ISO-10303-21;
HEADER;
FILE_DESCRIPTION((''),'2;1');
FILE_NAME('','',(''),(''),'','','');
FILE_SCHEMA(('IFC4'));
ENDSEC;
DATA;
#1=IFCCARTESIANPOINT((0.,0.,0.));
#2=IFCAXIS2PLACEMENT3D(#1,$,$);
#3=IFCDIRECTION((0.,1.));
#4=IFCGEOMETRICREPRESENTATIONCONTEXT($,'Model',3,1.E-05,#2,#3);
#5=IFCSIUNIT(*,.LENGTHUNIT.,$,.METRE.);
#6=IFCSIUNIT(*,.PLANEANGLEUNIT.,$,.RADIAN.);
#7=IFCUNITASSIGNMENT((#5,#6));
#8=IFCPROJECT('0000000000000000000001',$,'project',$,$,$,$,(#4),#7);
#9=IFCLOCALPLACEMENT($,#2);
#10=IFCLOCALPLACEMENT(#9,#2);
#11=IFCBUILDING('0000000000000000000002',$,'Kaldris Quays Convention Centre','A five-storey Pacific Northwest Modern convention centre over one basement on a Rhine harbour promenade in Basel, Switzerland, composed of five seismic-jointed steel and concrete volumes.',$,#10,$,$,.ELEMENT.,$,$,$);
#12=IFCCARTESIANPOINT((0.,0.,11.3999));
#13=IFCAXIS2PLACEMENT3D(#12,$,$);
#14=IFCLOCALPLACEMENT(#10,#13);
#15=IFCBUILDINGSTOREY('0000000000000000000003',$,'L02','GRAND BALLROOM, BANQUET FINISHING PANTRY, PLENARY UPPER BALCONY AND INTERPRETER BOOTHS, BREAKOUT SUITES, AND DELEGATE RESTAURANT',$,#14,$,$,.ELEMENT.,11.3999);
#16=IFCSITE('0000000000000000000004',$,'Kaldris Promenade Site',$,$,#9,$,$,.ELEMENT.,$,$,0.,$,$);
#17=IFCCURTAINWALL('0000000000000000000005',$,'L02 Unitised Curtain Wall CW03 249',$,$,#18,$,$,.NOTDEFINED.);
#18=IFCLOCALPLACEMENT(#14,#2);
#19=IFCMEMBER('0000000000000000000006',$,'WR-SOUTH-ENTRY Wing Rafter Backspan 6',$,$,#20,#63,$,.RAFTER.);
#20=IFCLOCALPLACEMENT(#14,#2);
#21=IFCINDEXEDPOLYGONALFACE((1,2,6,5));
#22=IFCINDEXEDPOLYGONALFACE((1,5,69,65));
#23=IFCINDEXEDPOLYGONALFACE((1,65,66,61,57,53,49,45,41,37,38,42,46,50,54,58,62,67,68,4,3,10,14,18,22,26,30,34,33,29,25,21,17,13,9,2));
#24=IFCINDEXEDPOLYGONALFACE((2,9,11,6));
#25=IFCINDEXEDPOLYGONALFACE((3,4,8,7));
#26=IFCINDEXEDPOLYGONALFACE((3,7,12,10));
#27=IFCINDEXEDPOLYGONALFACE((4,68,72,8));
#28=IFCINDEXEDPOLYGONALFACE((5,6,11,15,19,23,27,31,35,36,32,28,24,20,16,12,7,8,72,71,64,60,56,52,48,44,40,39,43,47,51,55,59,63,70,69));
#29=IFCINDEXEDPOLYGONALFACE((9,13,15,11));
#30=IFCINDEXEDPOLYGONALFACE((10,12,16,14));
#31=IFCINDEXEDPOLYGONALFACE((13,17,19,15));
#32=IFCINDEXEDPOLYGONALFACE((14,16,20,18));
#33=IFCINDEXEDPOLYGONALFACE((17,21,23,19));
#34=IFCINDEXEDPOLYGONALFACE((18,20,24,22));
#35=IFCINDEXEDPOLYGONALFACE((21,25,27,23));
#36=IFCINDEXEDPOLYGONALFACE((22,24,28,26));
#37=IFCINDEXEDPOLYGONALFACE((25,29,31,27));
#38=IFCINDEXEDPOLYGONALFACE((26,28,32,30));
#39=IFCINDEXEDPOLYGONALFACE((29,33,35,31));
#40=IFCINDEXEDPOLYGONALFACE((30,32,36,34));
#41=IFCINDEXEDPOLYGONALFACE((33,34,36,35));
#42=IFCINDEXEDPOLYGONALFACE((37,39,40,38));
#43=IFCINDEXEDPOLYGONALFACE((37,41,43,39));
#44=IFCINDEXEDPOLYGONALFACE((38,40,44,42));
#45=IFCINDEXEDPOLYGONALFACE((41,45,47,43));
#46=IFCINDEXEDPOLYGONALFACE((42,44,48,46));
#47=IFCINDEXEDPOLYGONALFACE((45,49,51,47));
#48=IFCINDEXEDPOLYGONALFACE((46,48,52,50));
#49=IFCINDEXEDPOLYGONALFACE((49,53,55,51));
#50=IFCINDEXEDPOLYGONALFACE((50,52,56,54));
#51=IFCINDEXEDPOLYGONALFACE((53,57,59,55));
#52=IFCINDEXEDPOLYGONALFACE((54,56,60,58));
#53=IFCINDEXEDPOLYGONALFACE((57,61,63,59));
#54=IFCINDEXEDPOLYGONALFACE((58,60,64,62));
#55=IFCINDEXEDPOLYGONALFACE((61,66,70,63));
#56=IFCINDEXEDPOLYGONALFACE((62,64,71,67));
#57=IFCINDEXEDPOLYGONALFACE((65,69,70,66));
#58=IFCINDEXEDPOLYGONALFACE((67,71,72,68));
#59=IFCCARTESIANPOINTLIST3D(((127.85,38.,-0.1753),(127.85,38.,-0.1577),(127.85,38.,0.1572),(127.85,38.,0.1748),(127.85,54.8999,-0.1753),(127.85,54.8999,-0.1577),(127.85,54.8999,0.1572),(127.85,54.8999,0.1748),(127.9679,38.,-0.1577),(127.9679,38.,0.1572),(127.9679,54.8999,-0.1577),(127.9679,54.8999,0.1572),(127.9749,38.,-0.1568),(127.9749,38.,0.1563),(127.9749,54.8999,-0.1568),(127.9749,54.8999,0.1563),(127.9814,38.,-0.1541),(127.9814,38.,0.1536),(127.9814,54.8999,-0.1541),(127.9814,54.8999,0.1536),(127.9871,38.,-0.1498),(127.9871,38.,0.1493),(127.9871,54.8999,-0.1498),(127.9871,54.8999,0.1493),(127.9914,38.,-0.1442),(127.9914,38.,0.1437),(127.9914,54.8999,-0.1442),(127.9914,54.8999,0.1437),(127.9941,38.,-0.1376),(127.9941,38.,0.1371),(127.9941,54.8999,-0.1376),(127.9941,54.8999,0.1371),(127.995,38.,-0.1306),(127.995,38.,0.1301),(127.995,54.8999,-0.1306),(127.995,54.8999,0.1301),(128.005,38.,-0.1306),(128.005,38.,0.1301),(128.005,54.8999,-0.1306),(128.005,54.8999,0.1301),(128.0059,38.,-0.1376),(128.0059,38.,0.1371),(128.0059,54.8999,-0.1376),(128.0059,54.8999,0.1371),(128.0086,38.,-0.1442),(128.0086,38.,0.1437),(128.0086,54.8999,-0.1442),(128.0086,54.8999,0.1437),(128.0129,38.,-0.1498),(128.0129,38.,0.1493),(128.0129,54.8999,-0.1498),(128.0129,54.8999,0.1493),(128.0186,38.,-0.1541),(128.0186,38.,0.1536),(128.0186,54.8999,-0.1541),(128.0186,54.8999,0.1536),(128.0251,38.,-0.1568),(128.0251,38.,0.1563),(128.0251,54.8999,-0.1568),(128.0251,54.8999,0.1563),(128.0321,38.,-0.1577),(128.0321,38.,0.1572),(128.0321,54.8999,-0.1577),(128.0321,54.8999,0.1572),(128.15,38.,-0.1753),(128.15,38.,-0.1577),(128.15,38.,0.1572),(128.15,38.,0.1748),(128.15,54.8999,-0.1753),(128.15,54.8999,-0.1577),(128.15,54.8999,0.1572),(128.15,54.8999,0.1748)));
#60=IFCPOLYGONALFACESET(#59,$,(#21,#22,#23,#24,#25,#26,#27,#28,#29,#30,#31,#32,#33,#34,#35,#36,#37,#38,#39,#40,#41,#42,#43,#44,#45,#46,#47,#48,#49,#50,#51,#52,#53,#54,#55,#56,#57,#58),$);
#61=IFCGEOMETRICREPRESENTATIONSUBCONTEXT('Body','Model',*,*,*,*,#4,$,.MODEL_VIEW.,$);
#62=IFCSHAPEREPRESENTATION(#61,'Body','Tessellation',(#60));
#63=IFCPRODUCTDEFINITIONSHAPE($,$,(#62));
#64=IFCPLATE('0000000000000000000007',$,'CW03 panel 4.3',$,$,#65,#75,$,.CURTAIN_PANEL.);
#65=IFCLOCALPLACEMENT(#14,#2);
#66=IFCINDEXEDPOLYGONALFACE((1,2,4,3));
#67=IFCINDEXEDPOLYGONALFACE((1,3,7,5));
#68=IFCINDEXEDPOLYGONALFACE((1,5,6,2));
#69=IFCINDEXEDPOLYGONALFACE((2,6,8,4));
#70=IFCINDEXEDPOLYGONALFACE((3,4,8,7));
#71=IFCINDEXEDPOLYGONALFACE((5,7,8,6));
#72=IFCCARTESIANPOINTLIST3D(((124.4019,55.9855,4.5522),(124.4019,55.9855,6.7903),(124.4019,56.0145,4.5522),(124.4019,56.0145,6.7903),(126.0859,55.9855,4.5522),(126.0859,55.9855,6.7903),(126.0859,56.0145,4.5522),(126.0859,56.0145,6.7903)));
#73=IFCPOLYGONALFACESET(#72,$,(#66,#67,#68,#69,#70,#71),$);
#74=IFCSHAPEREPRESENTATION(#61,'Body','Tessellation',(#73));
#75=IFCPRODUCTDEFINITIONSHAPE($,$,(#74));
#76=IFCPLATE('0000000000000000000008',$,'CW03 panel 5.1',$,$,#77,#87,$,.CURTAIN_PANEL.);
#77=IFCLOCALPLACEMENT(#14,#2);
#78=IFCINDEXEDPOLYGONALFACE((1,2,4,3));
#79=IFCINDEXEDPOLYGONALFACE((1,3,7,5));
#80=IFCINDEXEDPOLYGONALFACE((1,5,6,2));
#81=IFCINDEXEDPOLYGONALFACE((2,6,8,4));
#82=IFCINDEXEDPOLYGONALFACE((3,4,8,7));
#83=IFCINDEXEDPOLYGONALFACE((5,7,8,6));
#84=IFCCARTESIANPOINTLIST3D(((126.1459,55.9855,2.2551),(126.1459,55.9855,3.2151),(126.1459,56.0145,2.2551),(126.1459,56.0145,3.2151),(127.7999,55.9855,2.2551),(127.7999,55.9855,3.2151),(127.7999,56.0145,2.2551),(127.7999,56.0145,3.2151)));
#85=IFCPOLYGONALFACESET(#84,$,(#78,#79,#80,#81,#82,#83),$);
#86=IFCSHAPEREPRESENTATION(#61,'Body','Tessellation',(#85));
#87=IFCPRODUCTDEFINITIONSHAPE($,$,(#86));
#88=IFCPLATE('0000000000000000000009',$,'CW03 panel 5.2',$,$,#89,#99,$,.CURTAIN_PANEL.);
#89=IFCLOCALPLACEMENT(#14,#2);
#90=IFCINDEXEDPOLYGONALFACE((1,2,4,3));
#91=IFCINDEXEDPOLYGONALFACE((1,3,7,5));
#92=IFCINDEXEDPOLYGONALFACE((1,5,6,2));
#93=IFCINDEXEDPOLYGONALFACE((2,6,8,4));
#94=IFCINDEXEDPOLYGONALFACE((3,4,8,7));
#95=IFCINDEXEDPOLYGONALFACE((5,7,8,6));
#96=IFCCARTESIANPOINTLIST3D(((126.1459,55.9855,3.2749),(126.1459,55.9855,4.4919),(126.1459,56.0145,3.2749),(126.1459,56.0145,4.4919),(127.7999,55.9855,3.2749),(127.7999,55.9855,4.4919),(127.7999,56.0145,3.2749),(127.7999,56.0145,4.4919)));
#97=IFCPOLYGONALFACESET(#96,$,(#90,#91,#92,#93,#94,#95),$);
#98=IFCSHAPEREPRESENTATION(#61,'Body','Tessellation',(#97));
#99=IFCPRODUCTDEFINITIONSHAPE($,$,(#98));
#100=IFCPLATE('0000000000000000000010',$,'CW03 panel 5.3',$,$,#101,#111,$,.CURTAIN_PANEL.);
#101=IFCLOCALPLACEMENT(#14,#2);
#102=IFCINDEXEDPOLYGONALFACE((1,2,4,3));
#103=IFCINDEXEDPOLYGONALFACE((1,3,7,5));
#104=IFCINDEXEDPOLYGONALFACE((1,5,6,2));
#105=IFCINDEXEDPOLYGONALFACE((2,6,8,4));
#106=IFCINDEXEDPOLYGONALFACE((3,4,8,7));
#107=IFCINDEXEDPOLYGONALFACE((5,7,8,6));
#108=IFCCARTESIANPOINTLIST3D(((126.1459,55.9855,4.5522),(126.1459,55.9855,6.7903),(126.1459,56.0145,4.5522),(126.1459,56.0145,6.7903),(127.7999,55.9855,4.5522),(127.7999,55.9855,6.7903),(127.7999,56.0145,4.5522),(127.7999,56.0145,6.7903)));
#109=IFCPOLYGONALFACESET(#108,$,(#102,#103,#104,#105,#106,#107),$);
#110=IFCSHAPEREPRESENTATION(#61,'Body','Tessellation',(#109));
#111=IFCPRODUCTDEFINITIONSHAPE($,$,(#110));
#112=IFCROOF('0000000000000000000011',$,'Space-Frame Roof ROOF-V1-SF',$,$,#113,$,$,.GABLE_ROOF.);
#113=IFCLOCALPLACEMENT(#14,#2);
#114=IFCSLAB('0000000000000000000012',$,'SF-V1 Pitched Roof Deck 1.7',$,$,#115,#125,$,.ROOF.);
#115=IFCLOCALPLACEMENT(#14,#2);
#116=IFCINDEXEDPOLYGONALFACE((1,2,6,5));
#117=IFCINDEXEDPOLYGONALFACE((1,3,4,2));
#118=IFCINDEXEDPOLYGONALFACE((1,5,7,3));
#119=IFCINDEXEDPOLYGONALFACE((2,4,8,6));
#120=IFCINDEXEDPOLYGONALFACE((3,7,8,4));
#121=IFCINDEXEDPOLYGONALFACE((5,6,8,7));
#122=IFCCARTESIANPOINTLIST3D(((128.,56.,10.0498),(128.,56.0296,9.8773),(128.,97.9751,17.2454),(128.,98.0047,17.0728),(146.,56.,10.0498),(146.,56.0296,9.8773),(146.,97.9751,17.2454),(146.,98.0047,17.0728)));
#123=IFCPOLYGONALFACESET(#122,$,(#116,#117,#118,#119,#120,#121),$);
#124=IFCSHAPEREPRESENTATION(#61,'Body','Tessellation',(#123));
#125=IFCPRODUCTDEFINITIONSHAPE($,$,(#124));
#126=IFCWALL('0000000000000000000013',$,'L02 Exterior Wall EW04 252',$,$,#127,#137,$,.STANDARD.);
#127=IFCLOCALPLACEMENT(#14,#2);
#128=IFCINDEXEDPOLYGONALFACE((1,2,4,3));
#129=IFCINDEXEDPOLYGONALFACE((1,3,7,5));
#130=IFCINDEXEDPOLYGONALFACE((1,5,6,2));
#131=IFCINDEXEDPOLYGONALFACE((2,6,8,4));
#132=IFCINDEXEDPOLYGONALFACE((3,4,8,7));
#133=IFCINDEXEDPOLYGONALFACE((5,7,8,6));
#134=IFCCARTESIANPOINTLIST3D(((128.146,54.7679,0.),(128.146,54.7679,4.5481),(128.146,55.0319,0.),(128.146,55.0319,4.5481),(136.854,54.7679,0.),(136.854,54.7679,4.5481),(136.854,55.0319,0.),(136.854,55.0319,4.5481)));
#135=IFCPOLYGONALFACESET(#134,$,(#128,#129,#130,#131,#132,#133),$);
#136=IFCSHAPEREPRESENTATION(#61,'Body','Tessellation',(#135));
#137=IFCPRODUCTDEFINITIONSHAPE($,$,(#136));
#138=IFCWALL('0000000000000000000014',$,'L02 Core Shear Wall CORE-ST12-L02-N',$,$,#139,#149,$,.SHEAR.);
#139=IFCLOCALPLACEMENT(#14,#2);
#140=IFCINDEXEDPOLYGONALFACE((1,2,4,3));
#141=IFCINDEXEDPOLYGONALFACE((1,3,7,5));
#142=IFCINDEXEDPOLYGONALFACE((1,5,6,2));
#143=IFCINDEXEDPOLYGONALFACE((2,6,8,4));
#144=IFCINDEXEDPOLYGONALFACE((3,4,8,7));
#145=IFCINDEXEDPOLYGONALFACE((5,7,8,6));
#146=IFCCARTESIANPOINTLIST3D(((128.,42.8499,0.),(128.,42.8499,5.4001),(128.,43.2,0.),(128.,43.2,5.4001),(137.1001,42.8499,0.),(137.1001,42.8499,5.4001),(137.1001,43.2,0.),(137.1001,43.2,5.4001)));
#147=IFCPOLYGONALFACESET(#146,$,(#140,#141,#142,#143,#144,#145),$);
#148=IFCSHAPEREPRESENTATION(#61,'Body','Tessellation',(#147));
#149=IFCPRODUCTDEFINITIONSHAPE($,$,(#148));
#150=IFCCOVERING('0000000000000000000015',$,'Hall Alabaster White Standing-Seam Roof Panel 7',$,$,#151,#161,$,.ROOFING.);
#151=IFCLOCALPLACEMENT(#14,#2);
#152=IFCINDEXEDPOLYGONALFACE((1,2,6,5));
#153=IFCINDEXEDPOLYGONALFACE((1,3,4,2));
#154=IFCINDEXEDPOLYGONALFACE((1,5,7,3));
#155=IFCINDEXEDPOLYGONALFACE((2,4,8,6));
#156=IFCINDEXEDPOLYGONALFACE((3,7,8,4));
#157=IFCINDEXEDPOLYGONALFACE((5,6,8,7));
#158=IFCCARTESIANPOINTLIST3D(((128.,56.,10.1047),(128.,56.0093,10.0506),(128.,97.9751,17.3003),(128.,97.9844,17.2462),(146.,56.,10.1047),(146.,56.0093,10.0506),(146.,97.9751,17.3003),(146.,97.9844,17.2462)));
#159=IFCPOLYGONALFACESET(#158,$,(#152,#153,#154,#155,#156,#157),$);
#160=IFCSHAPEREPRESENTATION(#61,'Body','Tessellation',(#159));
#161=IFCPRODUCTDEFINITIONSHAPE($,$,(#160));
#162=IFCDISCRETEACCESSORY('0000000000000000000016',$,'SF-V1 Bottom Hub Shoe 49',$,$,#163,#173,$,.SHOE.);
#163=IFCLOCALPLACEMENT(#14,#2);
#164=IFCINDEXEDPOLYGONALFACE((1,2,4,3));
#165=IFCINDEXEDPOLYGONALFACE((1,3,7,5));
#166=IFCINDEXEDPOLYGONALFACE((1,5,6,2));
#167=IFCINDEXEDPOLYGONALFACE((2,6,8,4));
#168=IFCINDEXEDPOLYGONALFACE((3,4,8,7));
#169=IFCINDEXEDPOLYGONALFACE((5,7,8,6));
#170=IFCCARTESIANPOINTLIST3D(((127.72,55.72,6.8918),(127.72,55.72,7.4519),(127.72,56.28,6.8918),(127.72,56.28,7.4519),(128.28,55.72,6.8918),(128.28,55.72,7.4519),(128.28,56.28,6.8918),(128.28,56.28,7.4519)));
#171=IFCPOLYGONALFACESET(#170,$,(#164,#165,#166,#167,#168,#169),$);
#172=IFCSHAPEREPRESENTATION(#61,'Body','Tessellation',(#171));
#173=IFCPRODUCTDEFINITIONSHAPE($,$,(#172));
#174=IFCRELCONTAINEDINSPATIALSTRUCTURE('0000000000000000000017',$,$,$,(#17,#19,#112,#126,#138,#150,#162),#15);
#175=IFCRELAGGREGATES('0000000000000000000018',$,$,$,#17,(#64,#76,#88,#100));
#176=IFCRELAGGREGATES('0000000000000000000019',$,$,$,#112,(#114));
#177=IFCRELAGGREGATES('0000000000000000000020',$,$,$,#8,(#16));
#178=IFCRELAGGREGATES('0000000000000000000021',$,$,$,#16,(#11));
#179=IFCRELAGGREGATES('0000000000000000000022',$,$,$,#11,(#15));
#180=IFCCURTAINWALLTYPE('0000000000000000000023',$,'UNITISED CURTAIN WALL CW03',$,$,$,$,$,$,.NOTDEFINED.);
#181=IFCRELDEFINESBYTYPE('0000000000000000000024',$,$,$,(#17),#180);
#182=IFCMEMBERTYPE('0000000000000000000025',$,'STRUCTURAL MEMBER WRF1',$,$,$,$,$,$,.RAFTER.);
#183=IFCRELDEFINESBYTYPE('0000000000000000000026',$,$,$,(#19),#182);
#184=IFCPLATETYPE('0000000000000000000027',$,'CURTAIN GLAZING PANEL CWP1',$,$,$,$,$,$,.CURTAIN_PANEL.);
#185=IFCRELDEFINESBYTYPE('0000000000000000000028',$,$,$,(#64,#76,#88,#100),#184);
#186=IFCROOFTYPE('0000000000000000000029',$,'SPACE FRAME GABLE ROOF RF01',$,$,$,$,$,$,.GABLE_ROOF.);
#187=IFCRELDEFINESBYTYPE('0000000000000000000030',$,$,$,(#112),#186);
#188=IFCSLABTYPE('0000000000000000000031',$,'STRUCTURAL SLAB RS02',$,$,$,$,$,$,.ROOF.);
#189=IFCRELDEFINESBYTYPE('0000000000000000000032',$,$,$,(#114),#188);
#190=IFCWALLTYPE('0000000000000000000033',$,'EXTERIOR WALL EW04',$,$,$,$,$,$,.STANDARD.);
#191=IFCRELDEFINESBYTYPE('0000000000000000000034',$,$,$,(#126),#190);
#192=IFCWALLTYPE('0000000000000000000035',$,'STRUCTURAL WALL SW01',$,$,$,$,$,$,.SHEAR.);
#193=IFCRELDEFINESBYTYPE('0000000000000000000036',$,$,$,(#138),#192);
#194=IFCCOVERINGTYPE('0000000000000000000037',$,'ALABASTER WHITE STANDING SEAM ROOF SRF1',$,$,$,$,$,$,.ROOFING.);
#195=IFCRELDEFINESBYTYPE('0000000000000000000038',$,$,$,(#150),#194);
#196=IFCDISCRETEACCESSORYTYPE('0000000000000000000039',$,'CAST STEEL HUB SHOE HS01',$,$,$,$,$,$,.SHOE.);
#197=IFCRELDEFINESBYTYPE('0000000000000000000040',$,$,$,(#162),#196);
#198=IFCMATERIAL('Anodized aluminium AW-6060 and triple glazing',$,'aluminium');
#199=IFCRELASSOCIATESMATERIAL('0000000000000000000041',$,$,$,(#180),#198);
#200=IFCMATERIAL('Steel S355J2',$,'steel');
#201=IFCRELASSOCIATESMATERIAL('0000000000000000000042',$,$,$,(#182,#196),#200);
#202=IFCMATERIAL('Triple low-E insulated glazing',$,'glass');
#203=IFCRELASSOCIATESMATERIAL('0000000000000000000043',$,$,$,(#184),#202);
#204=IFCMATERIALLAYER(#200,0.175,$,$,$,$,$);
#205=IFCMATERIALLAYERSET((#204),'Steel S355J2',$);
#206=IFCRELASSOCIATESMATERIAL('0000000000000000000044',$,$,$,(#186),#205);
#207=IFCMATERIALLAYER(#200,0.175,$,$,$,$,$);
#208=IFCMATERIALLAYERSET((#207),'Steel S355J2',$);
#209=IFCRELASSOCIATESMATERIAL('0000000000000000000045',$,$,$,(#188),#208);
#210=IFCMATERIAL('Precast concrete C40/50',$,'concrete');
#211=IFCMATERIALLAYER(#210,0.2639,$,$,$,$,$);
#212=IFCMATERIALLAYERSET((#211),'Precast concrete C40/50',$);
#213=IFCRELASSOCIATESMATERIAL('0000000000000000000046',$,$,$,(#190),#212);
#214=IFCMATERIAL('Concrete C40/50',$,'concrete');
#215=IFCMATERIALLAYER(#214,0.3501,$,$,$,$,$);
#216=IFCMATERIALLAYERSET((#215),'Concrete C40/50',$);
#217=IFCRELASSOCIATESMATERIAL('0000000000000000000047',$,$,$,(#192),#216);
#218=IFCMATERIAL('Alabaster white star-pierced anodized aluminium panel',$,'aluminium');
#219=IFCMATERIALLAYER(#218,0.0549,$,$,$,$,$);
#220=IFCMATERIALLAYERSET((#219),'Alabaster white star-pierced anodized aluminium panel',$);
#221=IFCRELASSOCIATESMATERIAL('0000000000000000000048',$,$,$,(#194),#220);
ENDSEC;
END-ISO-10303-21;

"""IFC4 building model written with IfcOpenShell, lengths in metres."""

from ifc_helpers import new_model, si_unit, direction, frame, frame_2d, origin, origin_2d, place, context, subcontext, project, spatial, polyline, rectangle, i_section, outline, extrude, material, layer, layer_set, material_profile, profile_set, type_object, element, aggregate, save


model = new_model("IFC4")

# Units and contexts
model_context = context("Model", 3, precision=1e-05, world=origin(), true_north=direction((0.0, 1.0)))
body_context = subcontext(model_context, "Body", "Model", "MODEL_VIEW")
ifc_project = project(units=[si_unit("LENGTHUNIT", "METRE"), si_unit("PLANEANGLEUNIT", "RADIAN")], contexts=[model_context])

# Site, building, storey
site_placement = place(None, origin())
site = spatial("IfcSite", under=ifc_project, at=site_placement, Name="Kaldris Promenade Site", CompositionType="ELEMENT", RefElevation=0.0)
building_placement = place(site_placement, origin())
building = spatial("IfcBuilding", under=site, at=building_placement, Name="Kaldris Quays Convention Centre", Description="A five-storey Pacific Northwest Modern convention centre over one basement on a Rhine harbour promenade in Basel, Switzerland, composed of five seismic-jointed steel and concrete volumes.", CompositionType="ELEMENT")
storey_placement = place(building_placement, frame((0.0, 0.0, 11.3999)))
storey = spatial("IfcBuildingStorey", under=building, at=storey_placement, Name="L02", Description="GRAND BALLROOM, BANQUET FINISHING PANTRY, PLENARY UPPER BALCONY AND INTERPRETER BOOTHS, BREAKOUT SUITES, AND DELEGATE RESTAURANT", CompositionType="ELEMENT", Elevation=11.3999)

# Shared definitions
ifc_material_1 = material(Name="Steel S355J2", Category="steel")

# Curtain wall
ifc_material_2 = material(Name="Anodized aluminium AW-6060 and triple glazing", Category="aluminium")
curtain_wall_type = type_object("IfcCurtainWallType", Name="UNITISED CURTAIN WALL CW03", PredefinedType="NOTDEFINED", material=ifc_material_2)
curtain_wall_1_placement = place(storey_placement, origin())
curtain_wall_1 = element("IfcCurtainWall", 1, at=curtain_wall_1_placement, inside=storey, type_object=curtain_wall_type, Name="L02 Unitised Curtain Wall CW03 249", PredefinedType="NOTDEFINED")

# Member
ifc_material_profile_1 = material_profile(ifc_material_1, i_section(OverallWidth=0.3, OverallDepth=0.3501, WebThickness=0.01, FlangeThickness=0.0176, FilletRadius=0.0271, at=origin_2d()), Name="HEA 360")
ifc_profile_set_1 = profile_set([ifc_material_profile_1], Name="Steel S355J2")
member_type_1 = type_object("IfcMemberType", Name="STRUCTURAL MEMBER WRF1", PredefinedType="RAFTER", material=ifc_profile_set_1)
member_1_placement = place(storey_placement, frame((128.0, 54.8999, -0.0002), z_axis=(0.0, -1.0, 0.0), x_axis=(1.0, 0.0, 0.0)))
element("IfcMember", 2, at=member_1_placement, inside=storey, type_object=member_type_1, Name="WR-SOUTH-ENTRY Wing Rafter Backspan 6", PredefinedType="RAFTER", context=body_context, shape_type="SweptSolid", body=[
    extrude(i_section(OverallWidth=0.3, OverallDepth=0.3501, WebThickness=0.01, FlangeThickness=0.0176, FilletRadius=0.0271, at=origin_2d()), origin(), (0.0, 0.0, 1.0), 16.8999),
])

# Plates
ifc_material_3 = material(Name="Triple low-E insulated glazing", Category="glass")
plate_type = type_object("IfcPlateType", Name="CURTAIN GLAZING PANEL CWP1", PredefinedType="CURTAIN_PANEL", material=ifc_material_3)
plate_1_placement = place(storey_placement, frame((125.2439, 56.0, 4.5522), z_axis=(0.0, 0.0, 1.0), x_axis=(1.0, 0.0, 0.0)))
plate_1 = element("IfcPlate", 3, at=plate_1_placement, type_object=plate_type, Name="CW03 panel 4.3", PredefinedType="CURTAIN_PANEL", context=body_context, shape_type="SweptSolid", body=[
    extrude(rectangle(XDim=1.6841, YDim=0.0291, at=origin_2d()), origin(), (0.0, 0.0, 1.0), 2.238),
])
plate_2_placement = place(storey_placement, frame((126.9729, 56.0, 2.2551), z_axis=(0.0, 0.0, 1.0), x_axis=(1.0, 0.0, 0.0)))
plate_2 = element("IfcPlate", 4, at=plate_2_placement, type_object=plate_type, Name="CW03 panel 5.1", PredefinedType="CURTAIN_PANEL", context=body_context, shape_type="SweptSolid", body=[
    extrude(rectangle(XDim=1.6541, YDim=0.0291, at=origin_2d()), origin(), (0.0, 0.0, 1.0), 0.96),
])
plate_3_placement = place(storey_placement, frame((126.9729, 56.0, 3.2749), z_axis=(0.0, 0.0, 1.0), x_axis=(1.0, 0.0, 0.0)))
plate_3 = element("IfcPlate", 5, at=plate_3_placement, type_object=plate_type, Name="CW03 panel 5.2", PredefinedType="CURTAIN_PANEL", context=body_context, shape_type="SweptSolid", body=[
    extrude(rectangle(XDim=1.6541, YDim=0.0291, at=origin_2d()), origin(), (0.0, 0.0, 1.0), 1.217),
])
plate_4_placement = place(storey_placement, frame((126.9729, 56.0, 4.5522), z_axis=(0.0, 0.0, 1.0), x_axis=(1.0, 0.0, 0.0)))
plate_4 = element("IfcPlate", 6, at=plate_4_placement, type_object=plate_type, Name="CW03 panel 5.3", PredefinedType="CURTAIN_PANEL", context=body_context, shape_type="SweptSolid", body=[
    extrude(rectangle(XDim=1.6541, YDim=0.0291, at=origin_2d()), origin(), (0.0, 0.0, 1.0), 2.238),
])
aggregate(curtain_wall_1, [plate_1, plate_2, plate_3, plate_4])

# Roof, slab
ifc_layer_1 = layer(ifc_material_1, 0.175)
ifc_layer_set_1 = layer_set([ifc_layer_1], Name="Steel S355J2")
roof_type = type_object("IfcRoofType", Name="SPACE FRAME GABLE ROOF RF01", PredefinedType="GABLE_ROOF", material=ifc_layer_set_1)
roof_placement = place(storey_placement, origin())
roof = element("IfcRoof", 7, at=roof_placement, inside=storey, type_object=roof_type, Name="Space-Frame Roof ROOF-V1-SF", PredefinedType="GABLE_ROOF")
ifc_layer_2 = layer(ifc_material_1, 0.175)
ifc_layer_set_2 = layer_set([ifc_layer_2], Name="Steel S355J2")
slab_type = type_object("IfcSlabType", Name="STRUCTURAL SLAB RS02", PredefinedType="ROOF", material=ifc_layer_set_2)
slab_placement = place(storey_placement, frame((128.0, 56.0, 10.0498), z_axis=(0.0, -0.16896, 0.985623), x_axis=(1.0, 0.0, 0.0)))
slab = element("IfcSlab", 8, at=slab_placement, type_object=slab_type, Name="SF-V1 Pitched Roof Deck 1.7", PredefinedType="ROOF", context=body_context, shape_type="SweptSolid", body=[
    extrude(outline(polyline([(0.0, 0.0), (18.0, 0.0), (18.0, 42.5874), (0.0, 42.5874), (0.0, 0.0)])), origin(), (0.0, 0.0, -1.0), 0.175),
])
aggregate(roof, [slab])

# Walls
ifc_material_4 = material(Name="Precast concrete C40/50", Category="concrete")
ifc_layer_3 = layer(ifc_material_4, 0.2639)
ifc_layer_set_3 = layer_set([ifc_layer_3], Name="Precast concrete C40/50")
wall_type_1 = type_object("IfcWallType", Name="EXTERIOR WALL EW04", PredefinedType="STANDARD", material=ifc_layer_set_3)
wall_1_placement = place(storey_placement, frame((128.146, 54.8999, 0.0), z_axis=(0.0, 0.0, 1.0), x_axis=(1.0, 0.0, 0.0)))
element("IfcWall", 9, at=wall_1_placement, inside=storey, type_object=wall_type_1, Name="L02 Exterior Wall EW04 252", PredefinedType="STANDARD", context=body_context, shape_type="SweptSolid", body=[
    extrude(rectangle(XDim=8.708, YDim=0.2639, at=frame_2d((4.354, 0.0))), origin(), (0.0, 0.0, 1.0), 4.5481),
])
ifc_material_5 = material(Name="Concrete C40/50", Category="concrete")
ifc_layer_4 = layer(ifc_material_5, 0.3501)
ifc_layer_set_4 = layer_set([ifc_layer_4], Name="Concrete C40/50")
wall_type_2 = type_object("IfcWallType", Name="STRUCTURAL WALL SW01", PredefinedType="SHEAR", material=ifc_layer_set_4)
wall_2_placement = place(storey_placement, frame((128.0, 43.0249, 0.0), z_axis=(0.0, 0.0, 1.0), x_axis=(1.0, 0.0, 0.0)))
element("IfcWall", 10, at=wall_2_placement, inside=storey, type_object=wall_type_2, Name="L02 Core Shear Wall CORE-ST12-L02-N", PredefinedType="SHEAR", context=body_context, shape_type="SweptSolid", body=[
    extrude(rectangle(XDim=9.1001, YDim=0.3501, at=frame_2d((4.55, 0.0))), origin(), (0.0, 0.0, 1.0), 5.4001),
])

# Covering
ifc_material_6 = material(Name="Alabaster white star-pierced anodized aluminium panel", Category="aluminium")
ifc_layer_5 = layer(ifc_material_6, 0.0549)
ifc_layer_set_5 = layer_set([ifc_layer_5], Name="Alabaster white star-pierced anodized aluminium panel")
covering_type = type_object("IfcCoveringType", Name="ALABASTER WHITE STANDING SEAM ROOF SRF1", PredefinedType="ROOFING", material=ifc_layer_set_5)
covering_placement = place(storey_placement, frame((128.0, 56.0, 10.1047), z_axis=(0.0, -0.16896, 0.985623), x_axis=(1.0, 0.0, 0.0)))
element("IfcCovering", 11, at=covering_placement, inside=storey, type_object=covering_type, Name="Hall Alabaster White Standing-Seam Roof Panel 7", PredefinedType="ROOFING", context=body_context, shape_type="SweptSolid", body=[
    extrude(outline(polyline([(0.0, 0.0), (18.0, 0.0), (18.0, 42.5874), (0.0, 42.5874), (0.0, 0.0)])), origin(), (0.0, 0.0, -1.0), 0.0549),
])

# Discrete accessory
discrete_accessory_type = type_object("IfcDiscreteAccessoryType", Name="CAST STEEL HUB SHOE HS01", PredefinedType="SHOE", material=ifc_material_1)
discrete_accessory_placement = place(storey_placement, frame((128.0, 56.0, 6.8918), z_axis=(0.0, 0.0, 1.0), x_axis=(1.0, 0.0, 0.0)))
element("IfcDiscreteAccessory", 12, at=discrete_accessory_placement, inside=storey, type_object=discrete_accessory_type, Name="SF-V1 Bottom Hub Shoe 49", PredefinedType="SHOE", context=body_context, shape_type="SweptSolid", body=[
    extrude(rectangle(XDim=0.5601, YDim=0.5601, at=origin_2d()), origin(), (0.0, 0.0, 1.0), 0.5601),
])

save(model, "model.ifc")
